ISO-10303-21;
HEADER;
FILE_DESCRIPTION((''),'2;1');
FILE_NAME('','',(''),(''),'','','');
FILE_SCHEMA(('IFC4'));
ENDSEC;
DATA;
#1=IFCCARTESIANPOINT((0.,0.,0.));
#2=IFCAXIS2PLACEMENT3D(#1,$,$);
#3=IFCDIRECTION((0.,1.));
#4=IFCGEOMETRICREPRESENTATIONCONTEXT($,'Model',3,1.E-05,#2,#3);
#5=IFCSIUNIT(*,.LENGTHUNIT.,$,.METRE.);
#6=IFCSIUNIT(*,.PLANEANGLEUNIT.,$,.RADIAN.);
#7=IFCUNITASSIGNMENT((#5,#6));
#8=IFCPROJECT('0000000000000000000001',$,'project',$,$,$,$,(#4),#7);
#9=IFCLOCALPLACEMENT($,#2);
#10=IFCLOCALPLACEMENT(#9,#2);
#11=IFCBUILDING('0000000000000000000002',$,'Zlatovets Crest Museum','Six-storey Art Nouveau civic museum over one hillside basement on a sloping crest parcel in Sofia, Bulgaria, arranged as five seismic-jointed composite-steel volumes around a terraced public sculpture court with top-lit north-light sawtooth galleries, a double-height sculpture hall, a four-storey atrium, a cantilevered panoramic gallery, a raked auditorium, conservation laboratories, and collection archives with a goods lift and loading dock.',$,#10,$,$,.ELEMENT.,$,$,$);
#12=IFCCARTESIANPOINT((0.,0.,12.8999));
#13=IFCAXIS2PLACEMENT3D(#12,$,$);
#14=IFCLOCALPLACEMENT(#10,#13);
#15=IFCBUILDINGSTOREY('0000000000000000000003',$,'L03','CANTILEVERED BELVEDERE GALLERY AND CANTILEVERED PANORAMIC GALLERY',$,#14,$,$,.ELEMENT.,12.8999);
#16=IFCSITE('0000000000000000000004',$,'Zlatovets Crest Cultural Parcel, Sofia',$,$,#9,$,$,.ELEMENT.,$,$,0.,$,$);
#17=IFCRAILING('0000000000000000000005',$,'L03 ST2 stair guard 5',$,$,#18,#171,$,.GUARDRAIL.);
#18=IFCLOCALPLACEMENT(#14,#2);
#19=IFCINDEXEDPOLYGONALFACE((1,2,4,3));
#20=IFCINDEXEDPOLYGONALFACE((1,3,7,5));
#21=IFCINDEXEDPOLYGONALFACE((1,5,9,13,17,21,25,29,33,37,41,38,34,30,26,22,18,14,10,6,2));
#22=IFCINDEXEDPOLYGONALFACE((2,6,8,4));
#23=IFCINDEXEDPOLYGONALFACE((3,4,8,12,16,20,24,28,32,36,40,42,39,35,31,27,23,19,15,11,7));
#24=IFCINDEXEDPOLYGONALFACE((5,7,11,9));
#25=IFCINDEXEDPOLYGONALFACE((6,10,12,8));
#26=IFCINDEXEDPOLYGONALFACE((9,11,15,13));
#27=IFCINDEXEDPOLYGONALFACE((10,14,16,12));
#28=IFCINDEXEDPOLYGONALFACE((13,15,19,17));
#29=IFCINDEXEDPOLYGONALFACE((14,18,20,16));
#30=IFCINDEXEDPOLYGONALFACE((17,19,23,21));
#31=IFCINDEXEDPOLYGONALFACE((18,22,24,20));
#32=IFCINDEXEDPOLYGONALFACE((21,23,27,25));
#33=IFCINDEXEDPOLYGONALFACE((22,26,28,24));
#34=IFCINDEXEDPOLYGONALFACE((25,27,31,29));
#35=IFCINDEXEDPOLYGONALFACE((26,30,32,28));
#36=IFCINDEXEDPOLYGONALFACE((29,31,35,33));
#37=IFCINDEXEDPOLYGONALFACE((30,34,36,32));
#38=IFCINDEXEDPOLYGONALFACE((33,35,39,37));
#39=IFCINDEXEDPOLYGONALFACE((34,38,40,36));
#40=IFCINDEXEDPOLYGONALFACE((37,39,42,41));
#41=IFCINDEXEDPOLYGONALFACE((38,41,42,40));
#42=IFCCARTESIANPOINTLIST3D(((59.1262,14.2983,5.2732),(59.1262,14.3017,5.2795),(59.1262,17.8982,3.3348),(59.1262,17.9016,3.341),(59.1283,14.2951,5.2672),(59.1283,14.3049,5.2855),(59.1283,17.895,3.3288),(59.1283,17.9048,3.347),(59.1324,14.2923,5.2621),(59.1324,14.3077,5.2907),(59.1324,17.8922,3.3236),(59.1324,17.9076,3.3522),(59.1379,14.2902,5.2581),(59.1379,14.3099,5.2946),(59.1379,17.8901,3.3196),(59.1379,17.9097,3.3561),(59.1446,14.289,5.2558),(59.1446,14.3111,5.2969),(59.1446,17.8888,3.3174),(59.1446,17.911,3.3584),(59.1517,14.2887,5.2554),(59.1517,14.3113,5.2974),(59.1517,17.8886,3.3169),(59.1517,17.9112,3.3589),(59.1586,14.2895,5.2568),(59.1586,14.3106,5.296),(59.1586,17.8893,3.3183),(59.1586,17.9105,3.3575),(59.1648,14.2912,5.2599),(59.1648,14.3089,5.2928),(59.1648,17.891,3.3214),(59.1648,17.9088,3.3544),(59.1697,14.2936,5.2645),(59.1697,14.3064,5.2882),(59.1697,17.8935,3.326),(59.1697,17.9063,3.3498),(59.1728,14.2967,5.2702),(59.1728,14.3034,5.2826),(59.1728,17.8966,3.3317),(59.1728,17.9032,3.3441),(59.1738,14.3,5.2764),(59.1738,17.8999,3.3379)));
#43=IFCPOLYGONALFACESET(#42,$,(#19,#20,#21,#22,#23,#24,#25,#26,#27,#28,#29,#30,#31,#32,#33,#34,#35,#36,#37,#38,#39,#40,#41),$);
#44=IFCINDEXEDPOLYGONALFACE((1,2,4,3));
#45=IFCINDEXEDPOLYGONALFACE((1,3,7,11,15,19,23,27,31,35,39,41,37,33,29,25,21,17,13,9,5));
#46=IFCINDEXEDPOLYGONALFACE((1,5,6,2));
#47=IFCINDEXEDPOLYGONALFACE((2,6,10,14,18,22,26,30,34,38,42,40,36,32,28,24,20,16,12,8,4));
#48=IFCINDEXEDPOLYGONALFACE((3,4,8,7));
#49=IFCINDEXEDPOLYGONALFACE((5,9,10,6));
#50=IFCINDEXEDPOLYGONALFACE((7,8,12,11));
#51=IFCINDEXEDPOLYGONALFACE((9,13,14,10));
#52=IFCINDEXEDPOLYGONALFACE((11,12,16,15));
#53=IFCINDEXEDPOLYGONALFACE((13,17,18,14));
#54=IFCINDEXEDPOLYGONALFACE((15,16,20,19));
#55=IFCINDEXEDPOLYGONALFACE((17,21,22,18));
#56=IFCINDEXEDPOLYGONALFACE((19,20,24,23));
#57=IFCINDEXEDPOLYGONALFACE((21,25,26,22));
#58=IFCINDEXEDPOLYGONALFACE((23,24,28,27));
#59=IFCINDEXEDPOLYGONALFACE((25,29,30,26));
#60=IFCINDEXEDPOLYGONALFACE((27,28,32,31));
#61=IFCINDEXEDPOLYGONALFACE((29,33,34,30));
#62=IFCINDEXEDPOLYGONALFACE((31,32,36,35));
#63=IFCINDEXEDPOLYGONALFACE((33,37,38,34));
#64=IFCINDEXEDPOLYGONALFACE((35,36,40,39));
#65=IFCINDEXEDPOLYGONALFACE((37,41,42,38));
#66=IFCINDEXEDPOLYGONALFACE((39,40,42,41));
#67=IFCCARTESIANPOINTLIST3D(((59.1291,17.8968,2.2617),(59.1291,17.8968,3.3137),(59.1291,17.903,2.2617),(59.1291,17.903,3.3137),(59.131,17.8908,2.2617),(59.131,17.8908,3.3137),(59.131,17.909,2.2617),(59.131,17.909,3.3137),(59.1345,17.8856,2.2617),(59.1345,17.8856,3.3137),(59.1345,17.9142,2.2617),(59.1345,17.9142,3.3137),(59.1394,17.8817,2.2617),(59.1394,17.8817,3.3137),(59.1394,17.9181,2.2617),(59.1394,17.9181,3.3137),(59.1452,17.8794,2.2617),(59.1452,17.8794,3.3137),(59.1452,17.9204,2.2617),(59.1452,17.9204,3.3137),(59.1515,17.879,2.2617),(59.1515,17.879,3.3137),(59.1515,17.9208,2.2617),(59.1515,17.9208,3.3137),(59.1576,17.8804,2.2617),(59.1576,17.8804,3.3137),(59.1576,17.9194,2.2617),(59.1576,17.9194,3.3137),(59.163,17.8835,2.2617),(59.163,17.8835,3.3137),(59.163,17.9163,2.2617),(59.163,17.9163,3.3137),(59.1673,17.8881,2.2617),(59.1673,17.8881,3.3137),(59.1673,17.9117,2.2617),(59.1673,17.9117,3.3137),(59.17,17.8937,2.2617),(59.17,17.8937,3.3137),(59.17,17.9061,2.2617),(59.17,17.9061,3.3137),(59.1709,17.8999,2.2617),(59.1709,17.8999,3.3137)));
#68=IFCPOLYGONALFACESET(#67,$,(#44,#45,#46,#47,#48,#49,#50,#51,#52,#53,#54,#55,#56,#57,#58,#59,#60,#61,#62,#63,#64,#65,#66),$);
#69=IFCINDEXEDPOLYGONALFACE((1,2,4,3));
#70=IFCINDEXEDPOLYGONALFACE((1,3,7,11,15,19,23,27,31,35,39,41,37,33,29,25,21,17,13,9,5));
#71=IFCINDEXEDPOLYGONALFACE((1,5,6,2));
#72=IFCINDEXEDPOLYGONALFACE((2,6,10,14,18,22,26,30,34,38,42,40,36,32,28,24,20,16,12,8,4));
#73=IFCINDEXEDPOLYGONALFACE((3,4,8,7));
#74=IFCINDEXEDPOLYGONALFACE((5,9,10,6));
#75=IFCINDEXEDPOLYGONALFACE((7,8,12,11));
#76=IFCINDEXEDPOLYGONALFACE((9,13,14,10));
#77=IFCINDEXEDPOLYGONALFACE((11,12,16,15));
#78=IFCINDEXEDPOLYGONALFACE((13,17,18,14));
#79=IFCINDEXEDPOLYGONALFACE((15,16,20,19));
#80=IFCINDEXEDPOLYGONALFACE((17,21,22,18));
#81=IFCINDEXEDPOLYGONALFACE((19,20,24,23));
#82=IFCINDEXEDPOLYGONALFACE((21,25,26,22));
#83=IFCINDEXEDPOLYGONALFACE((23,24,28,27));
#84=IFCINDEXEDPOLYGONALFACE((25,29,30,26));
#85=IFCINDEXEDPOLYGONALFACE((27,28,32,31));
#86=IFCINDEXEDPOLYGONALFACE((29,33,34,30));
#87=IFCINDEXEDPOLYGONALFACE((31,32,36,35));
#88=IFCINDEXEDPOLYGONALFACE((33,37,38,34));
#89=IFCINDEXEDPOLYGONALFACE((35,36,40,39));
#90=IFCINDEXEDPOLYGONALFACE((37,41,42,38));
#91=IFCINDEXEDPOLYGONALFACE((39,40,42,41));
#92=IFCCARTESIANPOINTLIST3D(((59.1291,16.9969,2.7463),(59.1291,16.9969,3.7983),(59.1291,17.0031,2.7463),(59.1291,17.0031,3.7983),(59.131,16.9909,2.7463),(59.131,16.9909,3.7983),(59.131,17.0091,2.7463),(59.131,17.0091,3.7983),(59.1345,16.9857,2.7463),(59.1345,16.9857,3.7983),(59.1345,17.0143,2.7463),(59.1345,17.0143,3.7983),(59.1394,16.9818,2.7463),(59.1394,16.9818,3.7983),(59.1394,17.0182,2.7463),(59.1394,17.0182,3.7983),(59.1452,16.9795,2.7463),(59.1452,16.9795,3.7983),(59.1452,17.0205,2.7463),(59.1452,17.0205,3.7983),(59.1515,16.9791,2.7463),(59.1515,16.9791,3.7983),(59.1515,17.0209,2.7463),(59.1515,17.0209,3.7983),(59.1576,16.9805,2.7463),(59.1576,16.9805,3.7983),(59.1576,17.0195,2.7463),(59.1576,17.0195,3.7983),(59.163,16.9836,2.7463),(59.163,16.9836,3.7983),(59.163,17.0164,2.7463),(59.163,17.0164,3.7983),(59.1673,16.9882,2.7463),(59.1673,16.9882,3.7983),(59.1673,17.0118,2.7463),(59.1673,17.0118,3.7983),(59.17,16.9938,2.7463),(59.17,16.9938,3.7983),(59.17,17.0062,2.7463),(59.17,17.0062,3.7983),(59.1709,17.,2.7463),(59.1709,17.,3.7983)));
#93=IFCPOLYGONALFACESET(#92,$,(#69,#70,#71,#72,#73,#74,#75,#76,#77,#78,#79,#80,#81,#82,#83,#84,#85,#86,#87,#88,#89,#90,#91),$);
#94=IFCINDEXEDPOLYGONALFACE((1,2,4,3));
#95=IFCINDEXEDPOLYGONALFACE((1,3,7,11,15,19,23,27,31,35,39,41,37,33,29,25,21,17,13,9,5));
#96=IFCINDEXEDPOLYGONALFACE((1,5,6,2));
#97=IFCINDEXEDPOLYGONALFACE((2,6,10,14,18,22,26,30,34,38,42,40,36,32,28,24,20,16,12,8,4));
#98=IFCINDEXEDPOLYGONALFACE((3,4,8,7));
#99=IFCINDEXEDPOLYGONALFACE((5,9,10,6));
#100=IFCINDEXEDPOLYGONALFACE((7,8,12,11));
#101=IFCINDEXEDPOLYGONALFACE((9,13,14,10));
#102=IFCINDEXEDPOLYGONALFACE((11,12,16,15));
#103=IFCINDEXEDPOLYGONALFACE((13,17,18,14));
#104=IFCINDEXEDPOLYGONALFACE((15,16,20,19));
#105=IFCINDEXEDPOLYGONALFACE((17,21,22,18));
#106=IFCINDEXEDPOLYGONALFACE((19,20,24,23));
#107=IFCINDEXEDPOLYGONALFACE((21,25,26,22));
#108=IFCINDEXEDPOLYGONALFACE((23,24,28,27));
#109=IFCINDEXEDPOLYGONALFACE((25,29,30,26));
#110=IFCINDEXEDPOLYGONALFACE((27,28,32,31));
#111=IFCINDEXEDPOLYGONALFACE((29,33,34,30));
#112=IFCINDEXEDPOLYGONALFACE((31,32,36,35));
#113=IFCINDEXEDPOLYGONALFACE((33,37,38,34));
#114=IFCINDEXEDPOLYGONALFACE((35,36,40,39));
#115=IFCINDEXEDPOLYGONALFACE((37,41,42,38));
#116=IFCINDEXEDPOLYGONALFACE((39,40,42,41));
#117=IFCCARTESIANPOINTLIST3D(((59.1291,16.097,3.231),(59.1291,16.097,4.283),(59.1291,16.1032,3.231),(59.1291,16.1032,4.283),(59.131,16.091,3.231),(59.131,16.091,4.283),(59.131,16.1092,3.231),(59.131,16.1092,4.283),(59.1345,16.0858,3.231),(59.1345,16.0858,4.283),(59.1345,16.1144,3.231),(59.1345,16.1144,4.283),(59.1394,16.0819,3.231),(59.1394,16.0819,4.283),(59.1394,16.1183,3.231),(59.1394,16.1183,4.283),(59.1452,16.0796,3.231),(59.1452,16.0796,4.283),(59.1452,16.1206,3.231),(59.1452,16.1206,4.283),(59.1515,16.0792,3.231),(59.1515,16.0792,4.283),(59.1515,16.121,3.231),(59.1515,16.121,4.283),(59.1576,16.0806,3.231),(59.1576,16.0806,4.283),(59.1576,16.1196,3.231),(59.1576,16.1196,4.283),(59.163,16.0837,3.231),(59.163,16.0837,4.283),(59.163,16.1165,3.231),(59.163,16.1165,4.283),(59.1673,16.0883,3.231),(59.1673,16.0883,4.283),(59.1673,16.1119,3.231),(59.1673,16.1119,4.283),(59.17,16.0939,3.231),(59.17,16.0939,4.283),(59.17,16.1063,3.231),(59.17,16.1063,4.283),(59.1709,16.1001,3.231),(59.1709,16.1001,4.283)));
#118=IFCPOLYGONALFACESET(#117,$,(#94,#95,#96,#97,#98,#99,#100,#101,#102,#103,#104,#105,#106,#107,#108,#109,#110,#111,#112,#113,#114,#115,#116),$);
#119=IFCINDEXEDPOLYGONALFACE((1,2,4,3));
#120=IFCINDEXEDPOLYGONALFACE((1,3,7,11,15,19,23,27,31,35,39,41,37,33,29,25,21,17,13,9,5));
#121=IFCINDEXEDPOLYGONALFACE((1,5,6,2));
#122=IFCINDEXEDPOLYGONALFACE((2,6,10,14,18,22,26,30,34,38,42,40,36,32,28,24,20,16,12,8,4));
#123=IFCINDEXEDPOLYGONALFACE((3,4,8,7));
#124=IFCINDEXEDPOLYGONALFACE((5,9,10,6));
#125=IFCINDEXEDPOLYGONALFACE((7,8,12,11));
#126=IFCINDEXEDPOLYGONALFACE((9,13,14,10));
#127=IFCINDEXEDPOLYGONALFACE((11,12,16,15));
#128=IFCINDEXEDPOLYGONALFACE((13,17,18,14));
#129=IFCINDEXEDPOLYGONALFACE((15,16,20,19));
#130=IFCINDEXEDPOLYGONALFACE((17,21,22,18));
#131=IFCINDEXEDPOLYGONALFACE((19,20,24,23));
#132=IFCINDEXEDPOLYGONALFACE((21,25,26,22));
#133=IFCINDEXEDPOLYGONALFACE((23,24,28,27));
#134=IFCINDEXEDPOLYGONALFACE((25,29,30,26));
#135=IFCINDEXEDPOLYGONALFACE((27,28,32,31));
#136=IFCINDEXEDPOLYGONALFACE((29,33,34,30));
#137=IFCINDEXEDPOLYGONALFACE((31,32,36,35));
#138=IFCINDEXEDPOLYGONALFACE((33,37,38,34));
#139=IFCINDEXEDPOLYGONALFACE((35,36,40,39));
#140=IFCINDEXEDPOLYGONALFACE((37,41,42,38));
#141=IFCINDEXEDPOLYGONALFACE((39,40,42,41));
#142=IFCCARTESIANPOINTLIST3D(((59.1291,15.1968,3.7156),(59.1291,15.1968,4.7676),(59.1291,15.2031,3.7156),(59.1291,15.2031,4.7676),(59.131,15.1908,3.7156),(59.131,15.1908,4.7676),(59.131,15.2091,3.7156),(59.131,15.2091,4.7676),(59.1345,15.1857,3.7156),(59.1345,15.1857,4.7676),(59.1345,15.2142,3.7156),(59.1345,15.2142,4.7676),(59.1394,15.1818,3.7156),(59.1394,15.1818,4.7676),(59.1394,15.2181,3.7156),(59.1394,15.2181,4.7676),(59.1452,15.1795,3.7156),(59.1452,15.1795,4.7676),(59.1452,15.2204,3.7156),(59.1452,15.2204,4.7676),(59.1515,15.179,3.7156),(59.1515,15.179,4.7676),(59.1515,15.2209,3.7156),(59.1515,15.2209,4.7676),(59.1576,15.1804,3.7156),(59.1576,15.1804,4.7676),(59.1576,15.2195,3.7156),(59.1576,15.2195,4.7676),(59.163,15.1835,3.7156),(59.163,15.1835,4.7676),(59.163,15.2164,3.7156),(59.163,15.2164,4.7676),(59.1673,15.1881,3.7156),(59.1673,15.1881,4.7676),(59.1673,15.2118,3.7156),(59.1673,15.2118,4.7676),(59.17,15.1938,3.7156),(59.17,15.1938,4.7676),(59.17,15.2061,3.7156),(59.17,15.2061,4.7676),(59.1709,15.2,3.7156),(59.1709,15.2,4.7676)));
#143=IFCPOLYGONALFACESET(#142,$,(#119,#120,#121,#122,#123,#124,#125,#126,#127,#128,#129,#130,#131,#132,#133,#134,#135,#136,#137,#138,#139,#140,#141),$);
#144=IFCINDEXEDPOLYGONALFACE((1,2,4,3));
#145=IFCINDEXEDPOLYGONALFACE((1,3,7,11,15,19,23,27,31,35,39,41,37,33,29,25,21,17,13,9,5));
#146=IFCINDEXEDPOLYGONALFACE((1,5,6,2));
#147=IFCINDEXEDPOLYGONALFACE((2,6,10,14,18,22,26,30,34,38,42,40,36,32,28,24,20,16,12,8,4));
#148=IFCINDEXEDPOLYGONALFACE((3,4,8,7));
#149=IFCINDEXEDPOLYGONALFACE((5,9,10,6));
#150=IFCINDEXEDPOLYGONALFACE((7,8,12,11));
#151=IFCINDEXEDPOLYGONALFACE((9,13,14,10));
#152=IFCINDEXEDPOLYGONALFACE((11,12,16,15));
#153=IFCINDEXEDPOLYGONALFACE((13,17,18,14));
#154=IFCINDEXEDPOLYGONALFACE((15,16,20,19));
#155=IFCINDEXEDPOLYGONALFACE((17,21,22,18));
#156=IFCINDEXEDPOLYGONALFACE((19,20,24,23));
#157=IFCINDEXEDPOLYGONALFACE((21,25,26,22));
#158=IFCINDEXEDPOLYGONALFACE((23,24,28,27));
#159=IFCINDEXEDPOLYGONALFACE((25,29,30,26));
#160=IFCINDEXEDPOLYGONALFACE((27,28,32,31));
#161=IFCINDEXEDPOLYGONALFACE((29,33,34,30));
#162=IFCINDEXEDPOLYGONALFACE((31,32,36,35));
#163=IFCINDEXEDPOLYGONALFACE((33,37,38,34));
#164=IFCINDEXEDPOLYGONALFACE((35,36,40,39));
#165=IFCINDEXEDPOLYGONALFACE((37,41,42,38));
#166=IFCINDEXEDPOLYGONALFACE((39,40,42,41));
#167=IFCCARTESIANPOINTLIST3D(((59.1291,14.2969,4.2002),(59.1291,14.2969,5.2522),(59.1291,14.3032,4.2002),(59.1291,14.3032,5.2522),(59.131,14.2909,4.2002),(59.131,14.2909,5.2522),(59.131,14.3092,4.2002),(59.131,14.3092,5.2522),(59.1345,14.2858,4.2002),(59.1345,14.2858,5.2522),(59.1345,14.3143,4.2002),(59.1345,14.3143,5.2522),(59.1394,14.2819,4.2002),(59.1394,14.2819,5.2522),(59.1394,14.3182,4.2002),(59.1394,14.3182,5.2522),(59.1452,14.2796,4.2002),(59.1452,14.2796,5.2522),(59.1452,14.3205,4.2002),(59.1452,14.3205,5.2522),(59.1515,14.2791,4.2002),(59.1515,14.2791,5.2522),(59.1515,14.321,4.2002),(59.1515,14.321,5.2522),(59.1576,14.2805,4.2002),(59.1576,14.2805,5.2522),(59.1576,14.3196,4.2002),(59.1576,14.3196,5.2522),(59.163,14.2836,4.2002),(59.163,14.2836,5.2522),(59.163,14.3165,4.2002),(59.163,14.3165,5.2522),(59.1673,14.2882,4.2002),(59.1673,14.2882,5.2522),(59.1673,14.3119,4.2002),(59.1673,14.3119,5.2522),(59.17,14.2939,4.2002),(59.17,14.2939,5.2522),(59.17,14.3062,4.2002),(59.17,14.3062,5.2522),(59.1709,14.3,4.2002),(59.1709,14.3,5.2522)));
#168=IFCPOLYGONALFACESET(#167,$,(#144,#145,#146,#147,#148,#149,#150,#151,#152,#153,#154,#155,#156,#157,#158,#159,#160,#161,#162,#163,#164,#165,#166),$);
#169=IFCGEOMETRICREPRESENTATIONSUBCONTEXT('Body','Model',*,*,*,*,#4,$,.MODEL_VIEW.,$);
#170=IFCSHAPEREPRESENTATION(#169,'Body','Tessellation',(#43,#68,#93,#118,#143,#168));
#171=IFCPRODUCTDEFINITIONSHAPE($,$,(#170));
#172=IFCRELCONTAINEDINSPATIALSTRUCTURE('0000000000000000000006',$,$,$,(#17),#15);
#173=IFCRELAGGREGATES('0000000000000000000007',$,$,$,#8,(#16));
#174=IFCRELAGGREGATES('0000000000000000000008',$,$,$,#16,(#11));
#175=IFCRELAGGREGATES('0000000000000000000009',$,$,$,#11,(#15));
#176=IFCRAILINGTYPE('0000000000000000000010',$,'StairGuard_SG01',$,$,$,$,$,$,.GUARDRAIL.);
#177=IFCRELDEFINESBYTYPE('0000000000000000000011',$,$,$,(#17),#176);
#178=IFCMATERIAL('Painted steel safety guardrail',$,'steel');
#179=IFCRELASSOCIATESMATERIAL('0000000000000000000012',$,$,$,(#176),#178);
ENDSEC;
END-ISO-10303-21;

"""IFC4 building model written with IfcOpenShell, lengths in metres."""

from ifc_helpers import new_model, si_unit, direction, frame, origin, origin_2d, place, context, subcontext, project, spatial, circle, extrude, material, type_object, element, save


model = new_model("IFC4")

# Units and contexts
model_context = context("Model", 3, precision=1e-05, world=origin(), true_north=direction((0.0, 1.0)))
body_context = subcontext(model_context, "Body", "Model", "MODEL_VIEW")
ifc_project = project(units=[si_unit("LENGTHUNIT", "METRE"), si_unit("PLANEANGLEUNIT", "RADIAN")], contexts=[model_context])

# Site, building, storey
site_placement = place(None, origin())
site = spatial("IfcSite", under=ifc_project, at=site_placement, Name="Zlatovets Crest Cultural Parcel, Sofia", CompositionType="ELEMENT", RefElevation=0.0)
building_placement = place(site_placement, origin())
building = spatial("IfcBuilding", under=site, at=building_placement, Name="Zlatovets Crest Museum", Description="Six-storey Art Nouveau civic museum over one hillside basement on a sloping crest parcel in Sofia, Bulgaria, arranged as five seismic-jointed composite-steel volumes around a terraced public sculpture court with top-lit north-light sawtooth galleries, a double-height sculpture hall, a four-storey atrium, a cantilevered panoramic gallery, a raked auditorium, conservation laboratories, and collection archives with a goods lift and loading dock.", CompositionType="ELEMENT")
storey_placement = place(building_placement, frame((0.0, 0.0, 12.8999)))
storey = spatial("IfcBuildingStorey", under=building, at=storey_placement, Name="L03", Description="CANTILEVERED BELVEDERE GALLERY AND CANTILEVERED PANORAMIC GALLERY", CompositionType="ELEMENT", Elevation=12.8999)

# Railing
ifc_material_1 = material(Name="Painted steel safety guardrail", Category="steel")
railing_type_1 = type_object("IfcRailingType", Name="StairGuard_SG01", PredefinedType="GUARDRAIL", material=ifc_material_1)
railing_1_placement = place(storey_placement, frame((59.1499, 17.8999, 2.2617)))
element("IfcRailing", 1, at=railing_1_placement, inside=storey, type_object=railing_type_1, Name="L03 ST2 stair guard 5", PredefinedType="GUARDRAIL", context=body_context, shape_type="SweptSolid", body=[
    extrude(circle(Radius=0.0239, at=origin_2d()), frame((0.0, 0.0, 1.0762), z_axis=(0.0, -0.880462, 0.474118), x_axis=(1.0, 0.0, 0.0)), (0.0, 0.0, 1.0), 4.0886),
    extrude(circle(Radius=0.021, at=origin_2d()), origin(), (0.0, 0.0, 1.0), 1.052),
    extrude(circle(Radius=0.021, at=origin_2d()), frame((0.0, -0.8999, 0.4846)), (0.0, 0.0, 1.0), 1.052),
    extrude(circle(Radius=0.021, at=origin_2d()), frame((0.0, -1.7998, 0.9692)), (0.0, 0.0, 1.0), 1.052),
    extrude(circle(Radius=0.021, at=origin_2d()), frame((0.0, -2.7, 1.4539)), (0.0, 0.0, 1.0), 1.052),
    extrude(circle(Radius=0.021, at=origin_2d()), frame((0.0, -3.5999, 1.9385)), (0.0, 0.0, 1.0), 1.052),
])

save(model, "model.ifc")
